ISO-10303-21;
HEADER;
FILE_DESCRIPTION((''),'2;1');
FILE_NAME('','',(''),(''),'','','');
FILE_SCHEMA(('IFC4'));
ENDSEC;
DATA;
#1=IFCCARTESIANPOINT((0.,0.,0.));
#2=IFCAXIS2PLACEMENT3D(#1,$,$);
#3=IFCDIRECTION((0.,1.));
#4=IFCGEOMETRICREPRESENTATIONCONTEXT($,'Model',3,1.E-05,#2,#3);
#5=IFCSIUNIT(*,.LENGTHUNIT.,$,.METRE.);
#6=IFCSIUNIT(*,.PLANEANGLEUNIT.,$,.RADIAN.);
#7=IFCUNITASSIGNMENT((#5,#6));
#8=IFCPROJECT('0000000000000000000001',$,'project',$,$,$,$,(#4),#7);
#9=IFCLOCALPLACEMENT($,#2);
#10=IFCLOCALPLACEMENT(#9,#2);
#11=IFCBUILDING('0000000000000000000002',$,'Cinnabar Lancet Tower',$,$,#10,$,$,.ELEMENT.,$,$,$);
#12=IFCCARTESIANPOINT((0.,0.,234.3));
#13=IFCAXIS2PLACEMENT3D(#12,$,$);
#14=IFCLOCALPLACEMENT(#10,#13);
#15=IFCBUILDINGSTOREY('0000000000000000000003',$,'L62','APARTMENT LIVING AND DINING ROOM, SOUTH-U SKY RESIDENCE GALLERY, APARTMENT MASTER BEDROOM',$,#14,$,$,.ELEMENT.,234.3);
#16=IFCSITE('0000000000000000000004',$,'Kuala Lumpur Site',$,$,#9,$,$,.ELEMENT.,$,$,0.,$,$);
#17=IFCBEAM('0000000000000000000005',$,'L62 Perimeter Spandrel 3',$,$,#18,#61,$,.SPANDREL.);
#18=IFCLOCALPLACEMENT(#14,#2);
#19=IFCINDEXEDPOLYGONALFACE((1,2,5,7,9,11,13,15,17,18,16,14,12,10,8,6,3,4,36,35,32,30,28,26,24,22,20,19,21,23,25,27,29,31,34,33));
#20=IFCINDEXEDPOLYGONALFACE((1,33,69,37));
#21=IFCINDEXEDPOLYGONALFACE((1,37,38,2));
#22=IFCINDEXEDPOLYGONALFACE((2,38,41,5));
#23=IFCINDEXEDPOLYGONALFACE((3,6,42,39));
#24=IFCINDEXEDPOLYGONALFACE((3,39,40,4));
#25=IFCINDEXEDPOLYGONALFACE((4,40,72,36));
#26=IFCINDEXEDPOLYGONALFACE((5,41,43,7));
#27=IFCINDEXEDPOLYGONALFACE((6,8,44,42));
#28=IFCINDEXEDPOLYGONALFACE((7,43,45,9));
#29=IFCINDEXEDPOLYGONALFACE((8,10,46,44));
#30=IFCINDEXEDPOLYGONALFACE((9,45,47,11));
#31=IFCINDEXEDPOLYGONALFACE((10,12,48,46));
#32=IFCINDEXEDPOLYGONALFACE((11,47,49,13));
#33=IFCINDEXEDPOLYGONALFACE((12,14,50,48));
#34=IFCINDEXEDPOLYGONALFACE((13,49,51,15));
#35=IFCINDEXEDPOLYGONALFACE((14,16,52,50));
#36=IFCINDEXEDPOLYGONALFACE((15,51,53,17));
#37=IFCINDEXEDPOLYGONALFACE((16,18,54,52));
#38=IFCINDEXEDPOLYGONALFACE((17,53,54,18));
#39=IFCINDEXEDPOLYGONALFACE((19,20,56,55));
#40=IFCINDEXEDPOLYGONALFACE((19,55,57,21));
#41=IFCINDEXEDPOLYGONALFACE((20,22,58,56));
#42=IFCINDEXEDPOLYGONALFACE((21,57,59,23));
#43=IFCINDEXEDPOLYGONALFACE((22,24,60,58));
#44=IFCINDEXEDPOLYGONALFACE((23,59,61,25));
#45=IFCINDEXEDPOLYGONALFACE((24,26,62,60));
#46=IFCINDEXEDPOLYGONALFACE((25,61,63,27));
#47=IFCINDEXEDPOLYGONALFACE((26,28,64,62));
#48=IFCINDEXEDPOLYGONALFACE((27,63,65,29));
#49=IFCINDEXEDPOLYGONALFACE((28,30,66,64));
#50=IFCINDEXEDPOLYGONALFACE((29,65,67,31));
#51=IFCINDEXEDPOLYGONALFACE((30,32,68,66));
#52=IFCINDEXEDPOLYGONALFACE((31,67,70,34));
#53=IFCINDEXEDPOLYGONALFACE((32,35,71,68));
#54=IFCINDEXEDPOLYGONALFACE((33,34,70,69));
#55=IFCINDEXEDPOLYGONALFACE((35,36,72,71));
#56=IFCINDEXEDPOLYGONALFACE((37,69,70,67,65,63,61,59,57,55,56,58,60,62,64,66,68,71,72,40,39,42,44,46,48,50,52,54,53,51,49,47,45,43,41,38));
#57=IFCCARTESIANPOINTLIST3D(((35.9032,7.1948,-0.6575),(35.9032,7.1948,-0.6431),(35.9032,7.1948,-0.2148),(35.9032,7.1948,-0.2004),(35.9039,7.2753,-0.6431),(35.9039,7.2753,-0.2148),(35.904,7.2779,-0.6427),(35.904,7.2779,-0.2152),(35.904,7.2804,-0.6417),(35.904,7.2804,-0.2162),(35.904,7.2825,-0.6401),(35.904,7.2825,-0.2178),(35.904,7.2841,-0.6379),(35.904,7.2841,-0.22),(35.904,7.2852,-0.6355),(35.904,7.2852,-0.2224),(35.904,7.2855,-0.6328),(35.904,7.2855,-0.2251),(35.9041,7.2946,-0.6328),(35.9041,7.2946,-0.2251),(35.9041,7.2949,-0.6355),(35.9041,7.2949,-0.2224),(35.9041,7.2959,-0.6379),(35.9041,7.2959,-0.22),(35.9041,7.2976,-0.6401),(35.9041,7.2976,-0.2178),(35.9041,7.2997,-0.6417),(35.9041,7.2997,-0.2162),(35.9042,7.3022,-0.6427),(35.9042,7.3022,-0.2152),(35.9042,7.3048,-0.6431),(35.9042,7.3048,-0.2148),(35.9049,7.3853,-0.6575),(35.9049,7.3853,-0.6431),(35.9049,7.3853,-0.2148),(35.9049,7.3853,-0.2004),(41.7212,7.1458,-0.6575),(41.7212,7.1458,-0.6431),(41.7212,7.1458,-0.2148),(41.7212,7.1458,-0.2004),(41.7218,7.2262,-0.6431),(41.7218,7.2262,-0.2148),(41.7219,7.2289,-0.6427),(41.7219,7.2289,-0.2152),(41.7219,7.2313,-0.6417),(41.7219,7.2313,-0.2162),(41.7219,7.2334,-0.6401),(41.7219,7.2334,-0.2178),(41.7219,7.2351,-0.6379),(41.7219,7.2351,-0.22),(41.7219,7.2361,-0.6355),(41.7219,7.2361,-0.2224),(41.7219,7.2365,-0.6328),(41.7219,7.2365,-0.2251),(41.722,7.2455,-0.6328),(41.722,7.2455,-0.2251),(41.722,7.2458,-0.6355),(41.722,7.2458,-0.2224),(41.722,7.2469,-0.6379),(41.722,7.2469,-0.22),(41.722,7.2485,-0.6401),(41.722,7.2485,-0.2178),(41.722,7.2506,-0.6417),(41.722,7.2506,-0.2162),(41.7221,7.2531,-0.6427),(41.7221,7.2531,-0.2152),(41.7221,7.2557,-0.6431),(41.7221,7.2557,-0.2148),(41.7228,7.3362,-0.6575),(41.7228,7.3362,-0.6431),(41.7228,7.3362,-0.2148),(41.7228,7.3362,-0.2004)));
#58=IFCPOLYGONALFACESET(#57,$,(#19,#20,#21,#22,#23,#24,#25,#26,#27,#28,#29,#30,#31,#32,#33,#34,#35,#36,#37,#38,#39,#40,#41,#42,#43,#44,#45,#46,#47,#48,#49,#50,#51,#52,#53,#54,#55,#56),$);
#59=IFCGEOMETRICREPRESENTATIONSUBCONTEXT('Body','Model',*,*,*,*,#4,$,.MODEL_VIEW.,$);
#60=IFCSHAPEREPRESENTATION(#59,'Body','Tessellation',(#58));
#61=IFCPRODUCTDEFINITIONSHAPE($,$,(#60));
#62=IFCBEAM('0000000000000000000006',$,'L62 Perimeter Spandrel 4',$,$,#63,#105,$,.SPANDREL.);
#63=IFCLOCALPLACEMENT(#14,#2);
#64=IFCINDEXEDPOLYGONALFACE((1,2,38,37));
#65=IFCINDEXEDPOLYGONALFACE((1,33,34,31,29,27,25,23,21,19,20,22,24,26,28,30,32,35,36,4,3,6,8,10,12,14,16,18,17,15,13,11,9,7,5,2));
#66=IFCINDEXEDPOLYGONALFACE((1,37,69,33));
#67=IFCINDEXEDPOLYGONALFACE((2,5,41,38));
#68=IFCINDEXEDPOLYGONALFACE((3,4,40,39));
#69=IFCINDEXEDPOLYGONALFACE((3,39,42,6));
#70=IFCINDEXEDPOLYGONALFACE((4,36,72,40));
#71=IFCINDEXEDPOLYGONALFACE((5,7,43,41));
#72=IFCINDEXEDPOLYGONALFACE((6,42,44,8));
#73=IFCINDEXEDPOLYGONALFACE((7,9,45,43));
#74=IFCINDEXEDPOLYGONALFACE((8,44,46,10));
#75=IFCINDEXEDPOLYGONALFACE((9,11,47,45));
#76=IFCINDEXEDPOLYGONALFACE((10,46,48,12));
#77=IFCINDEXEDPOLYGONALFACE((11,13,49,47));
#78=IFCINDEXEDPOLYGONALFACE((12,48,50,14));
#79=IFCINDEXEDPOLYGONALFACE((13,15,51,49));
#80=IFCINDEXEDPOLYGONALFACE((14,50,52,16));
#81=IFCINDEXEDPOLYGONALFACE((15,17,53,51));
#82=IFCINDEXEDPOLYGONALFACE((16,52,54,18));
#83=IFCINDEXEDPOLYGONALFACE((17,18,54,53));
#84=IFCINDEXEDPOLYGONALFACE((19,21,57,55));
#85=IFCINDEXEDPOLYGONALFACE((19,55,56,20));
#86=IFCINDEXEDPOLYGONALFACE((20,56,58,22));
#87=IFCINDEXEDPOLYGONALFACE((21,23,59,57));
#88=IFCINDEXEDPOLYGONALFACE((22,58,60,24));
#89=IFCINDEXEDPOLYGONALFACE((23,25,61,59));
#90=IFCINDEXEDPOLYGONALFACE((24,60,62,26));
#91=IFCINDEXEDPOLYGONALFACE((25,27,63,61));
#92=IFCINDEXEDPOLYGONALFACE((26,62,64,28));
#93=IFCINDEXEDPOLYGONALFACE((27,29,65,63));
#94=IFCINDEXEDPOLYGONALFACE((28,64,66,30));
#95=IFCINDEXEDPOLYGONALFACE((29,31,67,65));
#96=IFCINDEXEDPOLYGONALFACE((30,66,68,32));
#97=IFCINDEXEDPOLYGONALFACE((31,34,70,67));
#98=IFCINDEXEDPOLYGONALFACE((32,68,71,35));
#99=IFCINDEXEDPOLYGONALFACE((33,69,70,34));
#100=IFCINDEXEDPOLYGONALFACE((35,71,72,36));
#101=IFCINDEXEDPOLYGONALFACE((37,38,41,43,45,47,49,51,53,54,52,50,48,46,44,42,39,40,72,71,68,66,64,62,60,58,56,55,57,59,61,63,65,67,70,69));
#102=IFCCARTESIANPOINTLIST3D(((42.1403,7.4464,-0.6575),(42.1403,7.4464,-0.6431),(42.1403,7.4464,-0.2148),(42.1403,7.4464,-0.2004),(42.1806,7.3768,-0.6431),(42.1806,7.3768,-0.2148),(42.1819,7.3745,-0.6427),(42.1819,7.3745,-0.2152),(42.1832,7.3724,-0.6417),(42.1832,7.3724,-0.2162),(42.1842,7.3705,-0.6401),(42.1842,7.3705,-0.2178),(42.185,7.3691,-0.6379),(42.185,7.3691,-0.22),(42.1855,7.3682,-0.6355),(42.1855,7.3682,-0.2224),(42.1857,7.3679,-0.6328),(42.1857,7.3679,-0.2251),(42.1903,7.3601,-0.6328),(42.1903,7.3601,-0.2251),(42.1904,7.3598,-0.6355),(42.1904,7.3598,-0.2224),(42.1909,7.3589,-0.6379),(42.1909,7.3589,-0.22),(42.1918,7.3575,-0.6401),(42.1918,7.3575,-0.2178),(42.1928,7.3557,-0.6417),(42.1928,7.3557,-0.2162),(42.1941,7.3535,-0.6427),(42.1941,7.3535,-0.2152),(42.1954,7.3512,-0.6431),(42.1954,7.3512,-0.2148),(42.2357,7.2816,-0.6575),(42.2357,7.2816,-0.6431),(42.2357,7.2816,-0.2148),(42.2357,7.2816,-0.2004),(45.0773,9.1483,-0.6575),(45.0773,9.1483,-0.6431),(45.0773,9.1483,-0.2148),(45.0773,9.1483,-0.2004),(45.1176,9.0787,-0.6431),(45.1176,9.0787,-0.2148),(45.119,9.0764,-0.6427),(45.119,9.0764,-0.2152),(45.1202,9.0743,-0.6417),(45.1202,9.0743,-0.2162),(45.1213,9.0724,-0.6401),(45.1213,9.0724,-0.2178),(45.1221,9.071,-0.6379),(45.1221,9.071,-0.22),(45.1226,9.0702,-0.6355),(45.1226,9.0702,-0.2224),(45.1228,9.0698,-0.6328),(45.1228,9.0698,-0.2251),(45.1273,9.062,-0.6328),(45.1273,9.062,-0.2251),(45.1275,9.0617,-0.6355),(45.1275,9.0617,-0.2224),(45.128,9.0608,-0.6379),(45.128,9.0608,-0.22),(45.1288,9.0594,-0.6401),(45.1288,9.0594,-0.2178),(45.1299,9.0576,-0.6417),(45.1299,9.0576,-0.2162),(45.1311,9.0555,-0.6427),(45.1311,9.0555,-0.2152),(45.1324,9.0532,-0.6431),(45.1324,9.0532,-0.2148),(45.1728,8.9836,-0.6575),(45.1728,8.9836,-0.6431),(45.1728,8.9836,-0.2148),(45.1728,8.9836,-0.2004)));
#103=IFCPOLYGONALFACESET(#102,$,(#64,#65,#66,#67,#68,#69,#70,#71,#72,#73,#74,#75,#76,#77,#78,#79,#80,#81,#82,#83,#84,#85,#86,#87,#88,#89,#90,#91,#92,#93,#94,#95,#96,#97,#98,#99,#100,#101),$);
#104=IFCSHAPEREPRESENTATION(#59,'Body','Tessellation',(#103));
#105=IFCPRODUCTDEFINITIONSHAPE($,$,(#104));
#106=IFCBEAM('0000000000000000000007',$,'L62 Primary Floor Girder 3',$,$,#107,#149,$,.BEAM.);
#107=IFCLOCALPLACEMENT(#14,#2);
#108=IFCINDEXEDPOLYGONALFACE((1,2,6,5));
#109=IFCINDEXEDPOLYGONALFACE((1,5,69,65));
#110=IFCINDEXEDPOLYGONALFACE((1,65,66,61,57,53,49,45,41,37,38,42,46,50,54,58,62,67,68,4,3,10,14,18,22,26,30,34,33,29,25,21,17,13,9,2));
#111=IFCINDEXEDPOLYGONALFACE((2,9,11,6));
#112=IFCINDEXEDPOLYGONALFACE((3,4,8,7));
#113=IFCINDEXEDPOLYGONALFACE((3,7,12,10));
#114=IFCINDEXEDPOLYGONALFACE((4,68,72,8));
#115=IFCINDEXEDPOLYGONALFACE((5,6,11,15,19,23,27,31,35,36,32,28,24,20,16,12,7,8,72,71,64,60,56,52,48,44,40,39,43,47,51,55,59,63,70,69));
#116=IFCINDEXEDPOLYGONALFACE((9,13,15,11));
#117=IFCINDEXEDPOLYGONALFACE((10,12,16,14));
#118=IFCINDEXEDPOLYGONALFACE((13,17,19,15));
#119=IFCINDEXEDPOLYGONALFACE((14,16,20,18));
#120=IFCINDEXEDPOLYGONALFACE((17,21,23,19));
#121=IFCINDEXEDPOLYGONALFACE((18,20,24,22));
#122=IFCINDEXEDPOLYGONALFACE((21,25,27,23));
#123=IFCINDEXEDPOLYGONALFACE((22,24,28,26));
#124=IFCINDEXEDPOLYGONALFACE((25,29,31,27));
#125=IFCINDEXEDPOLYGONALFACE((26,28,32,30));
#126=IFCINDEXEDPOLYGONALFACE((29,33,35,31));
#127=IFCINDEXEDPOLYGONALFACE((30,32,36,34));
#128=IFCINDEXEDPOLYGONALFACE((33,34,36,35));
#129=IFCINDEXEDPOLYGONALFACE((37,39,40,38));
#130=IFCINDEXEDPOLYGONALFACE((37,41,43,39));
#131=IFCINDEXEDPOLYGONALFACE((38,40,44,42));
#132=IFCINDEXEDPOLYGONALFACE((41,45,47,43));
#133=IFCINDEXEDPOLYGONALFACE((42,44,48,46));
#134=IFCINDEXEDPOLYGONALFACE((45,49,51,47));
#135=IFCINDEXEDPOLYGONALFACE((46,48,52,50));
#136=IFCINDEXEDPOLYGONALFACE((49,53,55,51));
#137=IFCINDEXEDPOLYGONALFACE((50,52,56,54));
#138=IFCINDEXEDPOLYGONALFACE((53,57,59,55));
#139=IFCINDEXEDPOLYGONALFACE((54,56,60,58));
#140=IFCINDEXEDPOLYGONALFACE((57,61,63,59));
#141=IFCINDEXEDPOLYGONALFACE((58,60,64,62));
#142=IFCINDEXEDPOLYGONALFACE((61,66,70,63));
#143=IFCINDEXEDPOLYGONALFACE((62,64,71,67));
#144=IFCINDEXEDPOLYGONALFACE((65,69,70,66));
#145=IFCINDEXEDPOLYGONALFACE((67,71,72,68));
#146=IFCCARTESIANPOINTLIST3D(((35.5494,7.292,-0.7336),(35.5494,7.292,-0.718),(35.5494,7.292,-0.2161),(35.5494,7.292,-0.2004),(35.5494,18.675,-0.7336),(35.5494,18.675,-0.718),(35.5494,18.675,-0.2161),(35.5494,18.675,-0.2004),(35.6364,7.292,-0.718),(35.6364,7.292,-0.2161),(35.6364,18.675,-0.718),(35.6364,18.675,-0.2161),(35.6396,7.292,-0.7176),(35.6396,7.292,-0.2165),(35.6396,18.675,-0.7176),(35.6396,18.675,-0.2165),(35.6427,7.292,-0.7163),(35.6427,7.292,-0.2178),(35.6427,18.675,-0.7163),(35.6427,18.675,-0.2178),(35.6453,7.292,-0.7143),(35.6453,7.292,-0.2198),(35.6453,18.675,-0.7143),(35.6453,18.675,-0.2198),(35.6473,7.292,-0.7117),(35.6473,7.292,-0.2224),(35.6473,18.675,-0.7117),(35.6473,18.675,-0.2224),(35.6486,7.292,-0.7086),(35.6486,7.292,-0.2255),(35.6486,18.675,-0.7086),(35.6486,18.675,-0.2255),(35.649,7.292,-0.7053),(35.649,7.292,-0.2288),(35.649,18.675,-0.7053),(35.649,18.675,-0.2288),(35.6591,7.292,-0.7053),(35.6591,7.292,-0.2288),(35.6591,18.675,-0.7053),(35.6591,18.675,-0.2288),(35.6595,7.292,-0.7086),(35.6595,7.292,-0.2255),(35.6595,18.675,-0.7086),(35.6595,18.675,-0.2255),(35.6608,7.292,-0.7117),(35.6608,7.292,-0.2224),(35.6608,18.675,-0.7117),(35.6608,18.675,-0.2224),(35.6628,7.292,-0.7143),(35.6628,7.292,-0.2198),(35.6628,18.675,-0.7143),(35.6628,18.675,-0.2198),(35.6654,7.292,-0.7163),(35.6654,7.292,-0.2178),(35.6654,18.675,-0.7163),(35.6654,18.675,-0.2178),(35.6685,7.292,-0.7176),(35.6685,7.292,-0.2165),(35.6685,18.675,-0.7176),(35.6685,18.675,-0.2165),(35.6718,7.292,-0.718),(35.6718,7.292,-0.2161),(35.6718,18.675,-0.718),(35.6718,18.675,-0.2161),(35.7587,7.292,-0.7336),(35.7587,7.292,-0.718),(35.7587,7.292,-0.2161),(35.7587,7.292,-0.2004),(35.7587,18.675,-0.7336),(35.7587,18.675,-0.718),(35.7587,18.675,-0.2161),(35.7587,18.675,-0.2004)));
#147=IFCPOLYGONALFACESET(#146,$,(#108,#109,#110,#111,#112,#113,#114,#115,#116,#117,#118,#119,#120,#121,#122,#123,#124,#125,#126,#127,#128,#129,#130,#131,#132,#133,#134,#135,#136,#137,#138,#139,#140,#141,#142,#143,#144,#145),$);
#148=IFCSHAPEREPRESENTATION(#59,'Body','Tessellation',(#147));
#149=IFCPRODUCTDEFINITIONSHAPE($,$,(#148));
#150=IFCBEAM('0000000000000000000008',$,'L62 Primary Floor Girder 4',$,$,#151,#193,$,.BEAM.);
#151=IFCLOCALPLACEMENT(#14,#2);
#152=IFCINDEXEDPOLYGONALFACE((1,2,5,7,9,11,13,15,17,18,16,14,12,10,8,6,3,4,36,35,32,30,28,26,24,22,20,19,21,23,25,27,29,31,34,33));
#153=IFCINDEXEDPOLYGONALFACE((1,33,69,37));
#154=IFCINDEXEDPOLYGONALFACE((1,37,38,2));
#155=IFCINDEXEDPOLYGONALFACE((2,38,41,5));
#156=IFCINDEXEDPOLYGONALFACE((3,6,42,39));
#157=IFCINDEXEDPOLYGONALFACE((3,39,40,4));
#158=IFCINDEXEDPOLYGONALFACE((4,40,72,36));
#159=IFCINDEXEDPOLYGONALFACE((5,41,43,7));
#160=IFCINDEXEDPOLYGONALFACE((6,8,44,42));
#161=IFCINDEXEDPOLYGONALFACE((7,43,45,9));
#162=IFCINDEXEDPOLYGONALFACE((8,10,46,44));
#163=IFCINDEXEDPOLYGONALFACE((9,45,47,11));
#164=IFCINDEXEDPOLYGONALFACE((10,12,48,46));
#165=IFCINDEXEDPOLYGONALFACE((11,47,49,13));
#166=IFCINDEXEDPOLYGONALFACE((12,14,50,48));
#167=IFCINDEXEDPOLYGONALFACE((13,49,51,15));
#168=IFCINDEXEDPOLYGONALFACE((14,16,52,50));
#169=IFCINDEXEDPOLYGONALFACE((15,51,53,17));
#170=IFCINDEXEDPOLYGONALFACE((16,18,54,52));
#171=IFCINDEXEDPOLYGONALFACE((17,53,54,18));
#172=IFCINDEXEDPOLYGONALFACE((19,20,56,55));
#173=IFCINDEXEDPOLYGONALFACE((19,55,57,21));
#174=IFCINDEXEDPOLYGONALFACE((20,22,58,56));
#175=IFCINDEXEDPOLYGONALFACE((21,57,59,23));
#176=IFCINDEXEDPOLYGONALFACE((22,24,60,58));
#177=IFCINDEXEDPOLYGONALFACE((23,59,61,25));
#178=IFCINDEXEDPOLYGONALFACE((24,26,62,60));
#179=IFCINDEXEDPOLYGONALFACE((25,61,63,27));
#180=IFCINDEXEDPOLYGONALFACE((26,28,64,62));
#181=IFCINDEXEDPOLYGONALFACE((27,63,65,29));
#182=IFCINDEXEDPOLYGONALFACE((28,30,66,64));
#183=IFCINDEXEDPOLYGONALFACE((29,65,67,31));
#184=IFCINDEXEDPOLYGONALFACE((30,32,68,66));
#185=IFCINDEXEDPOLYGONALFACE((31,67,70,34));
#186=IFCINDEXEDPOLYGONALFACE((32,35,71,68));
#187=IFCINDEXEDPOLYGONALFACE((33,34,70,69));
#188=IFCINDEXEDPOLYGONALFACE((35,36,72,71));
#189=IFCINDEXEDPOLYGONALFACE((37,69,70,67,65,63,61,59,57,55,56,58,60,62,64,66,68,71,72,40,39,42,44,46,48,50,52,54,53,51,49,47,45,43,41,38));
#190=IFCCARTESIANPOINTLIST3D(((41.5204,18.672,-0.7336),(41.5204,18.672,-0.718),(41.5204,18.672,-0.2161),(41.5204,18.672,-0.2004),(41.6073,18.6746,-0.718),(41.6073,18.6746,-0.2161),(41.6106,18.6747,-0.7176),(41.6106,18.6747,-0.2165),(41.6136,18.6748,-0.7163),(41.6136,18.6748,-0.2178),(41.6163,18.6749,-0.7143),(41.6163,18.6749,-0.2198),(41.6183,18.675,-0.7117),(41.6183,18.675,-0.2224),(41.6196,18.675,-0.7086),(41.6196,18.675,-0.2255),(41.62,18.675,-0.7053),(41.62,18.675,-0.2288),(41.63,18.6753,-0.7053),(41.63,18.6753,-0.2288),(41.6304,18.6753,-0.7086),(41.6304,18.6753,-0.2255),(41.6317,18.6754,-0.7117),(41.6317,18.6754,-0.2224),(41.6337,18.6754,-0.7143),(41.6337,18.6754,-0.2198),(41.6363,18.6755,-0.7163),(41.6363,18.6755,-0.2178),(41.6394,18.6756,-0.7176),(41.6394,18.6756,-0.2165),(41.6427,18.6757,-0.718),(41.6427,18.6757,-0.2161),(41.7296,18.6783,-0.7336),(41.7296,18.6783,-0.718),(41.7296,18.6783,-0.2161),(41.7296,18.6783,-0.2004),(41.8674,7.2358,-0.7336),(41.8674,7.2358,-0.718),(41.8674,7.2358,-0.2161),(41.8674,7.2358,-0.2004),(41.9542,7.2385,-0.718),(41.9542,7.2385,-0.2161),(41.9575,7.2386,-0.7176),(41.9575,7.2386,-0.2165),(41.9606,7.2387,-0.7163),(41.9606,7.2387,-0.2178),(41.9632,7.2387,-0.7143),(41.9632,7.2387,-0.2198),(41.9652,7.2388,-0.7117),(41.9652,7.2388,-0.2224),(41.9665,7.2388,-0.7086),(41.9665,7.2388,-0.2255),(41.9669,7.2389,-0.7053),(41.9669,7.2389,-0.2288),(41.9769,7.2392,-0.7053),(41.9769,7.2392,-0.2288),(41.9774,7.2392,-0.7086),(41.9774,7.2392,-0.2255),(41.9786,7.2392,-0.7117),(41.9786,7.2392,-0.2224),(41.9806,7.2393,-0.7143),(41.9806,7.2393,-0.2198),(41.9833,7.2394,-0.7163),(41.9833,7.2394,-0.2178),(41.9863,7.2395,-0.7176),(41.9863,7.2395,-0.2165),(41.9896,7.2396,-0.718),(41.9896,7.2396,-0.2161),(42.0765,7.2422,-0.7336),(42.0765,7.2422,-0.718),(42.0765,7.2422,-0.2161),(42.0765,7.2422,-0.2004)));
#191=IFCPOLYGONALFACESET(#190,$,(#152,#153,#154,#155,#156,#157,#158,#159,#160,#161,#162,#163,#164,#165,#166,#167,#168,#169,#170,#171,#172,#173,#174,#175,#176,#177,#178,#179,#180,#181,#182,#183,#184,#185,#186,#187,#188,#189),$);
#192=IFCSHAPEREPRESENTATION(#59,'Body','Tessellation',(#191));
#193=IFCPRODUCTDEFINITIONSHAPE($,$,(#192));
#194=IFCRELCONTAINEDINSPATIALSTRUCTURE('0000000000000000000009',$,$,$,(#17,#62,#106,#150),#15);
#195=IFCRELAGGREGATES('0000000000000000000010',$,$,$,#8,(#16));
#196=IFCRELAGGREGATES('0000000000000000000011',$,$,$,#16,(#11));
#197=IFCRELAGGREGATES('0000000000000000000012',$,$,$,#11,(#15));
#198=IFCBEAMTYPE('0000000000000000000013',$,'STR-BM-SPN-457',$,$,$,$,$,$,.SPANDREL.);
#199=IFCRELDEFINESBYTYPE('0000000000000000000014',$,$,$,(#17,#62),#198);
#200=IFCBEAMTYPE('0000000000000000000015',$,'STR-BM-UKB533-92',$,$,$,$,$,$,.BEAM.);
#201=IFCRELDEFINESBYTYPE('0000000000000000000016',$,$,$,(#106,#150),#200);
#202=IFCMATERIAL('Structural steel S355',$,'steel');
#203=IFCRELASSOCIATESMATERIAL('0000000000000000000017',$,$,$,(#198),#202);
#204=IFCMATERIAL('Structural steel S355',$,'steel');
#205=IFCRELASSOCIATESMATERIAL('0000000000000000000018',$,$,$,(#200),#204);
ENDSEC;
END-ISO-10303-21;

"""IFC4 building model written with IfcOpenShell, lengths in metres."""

from ifc_helpers import new_model, si_unit, direction, frame, origin, origin_2d, place, context, subcontext, project, spatial, i_section, extrude, material, material_profile, profile_set, type_object, element, save


model = new_model("IFC4")

# Units and contexts
model_context = context("Model", 3, precision=1e-05, world=origin(), true_north=direction((0.0, 1.0)))
body_context = subcontext(model_context, "Body", "Model", "MODEL_VIEW")
ifc_project = project(units=[si_unit("LENGTHUNIT", "METRE"), si_unit("PLANEANGLEUNIT", "RADIAN")], contexts=[model_context])

# Site, building, storey
site_placement = place(None, origin())
site = spatial("IfcSite", under=ifc_project, at=site_placement, Name="Kuala Lumpur Site", CompositionType="ELEMENT", RefElevation=0.0)
building_placement = place(site_placement, origin())
building = spatial("IfcBuilding", under=site, at=building_placement, Name="Cinnabar Lancet Tower", CompositionType="ELEMENT")
storey_placement = place(building_placement, frame((0.0, 0.0, 234.3)))
storey = spatial("IfcBuildingStorey", under=building, at=storey_placement, Name="L62", Description="APARTMENT LIVING AND DINING ROOM, SOUTH-U SKY RESIDENCE GALLERY, APARTMENT MASTER BEDROOM", CompositionType="ELEMENT", Elevation=234.3)

# Beams
ifc_material_1 = material(Name="Structural steel S355", Category="steel")
ifc_material_profile_1 = material_profile(ifc_material_1, i_section(OverallWidth=0.1904, OverallDepth=0.457, WebThickness=0.009, FlangeThickness=0.0144, FilletRadius=0.0103, at=origin_2d()), Name="UKB 457x191x74")
ifc_profile_set_1 = profile_set([ifc_material_profile_1], Name="Structural steel S355")
beam_type_1 = type_object("IfcBeamType", Name="STR-BM-SPN-457", PredefinedType="SPANDREL", material=ifc_profile_set_1)
beam_1_placement = place(storey_placement, frame((35.9041, 7.29, -0.429), z_axis=(0.999964, -0.008434, 0.0), x_axis=(0.008434, 0.999964, 0.0)))
element("IfcBeam", 1, at=beam_1_placement, inside=storey, type_object=beam_type_1, Name="L62 Perimeter Spandrel 3", PredefinedType="SPANDREL", context=body_context, shape_type="SweptSolid", body=[
    extrude(i_section(OverallWidth=0.1904, OverallDepth=0.457, WebThickness=0.009, FlangeThickness=0.0144, FilletRadius=0.0103, at=origin_2d()), origin(), (0.0, 0.0, 1.0), 5.8181),
])
beam_2_placement = place(storey_placement, frame((42.188, 7.364, -0.429), z_axis=(0.865231, 0.501374, 0.0), x_axis=(-0.501374, 0.865231, 0.0)))
element("IfcBeam", 2, at=beam_2_placement, inside=storey, type_object=beam_type_1, Name="L62 Perimeter Spandrel 4", PredefinedType="SPANDREL", context=body_context, shape_type="SweptSolid", body=[
    extrude(i_section(OverallWidth=0.1904, OverallDepth=0.457, WebThickness=0.009, FlangeThickness=0.0144, FilletRadius=0.0103, at=origin_2d()), origin(), (0.0, 0.0, 1.0), 3.3945),
])
ifc_material_2 = material(Name="Structural steel S355", Category="steel")
ifc_material_profile_2 = material_profile(ifc_material_2, i_section(OverallWidth=0.2092, OverallDepth=0.5332, WebThickness=0.01, FlangeThickness=0.0156, FilletRadius=0.0127, at=origin_2d()), Name="UKB 533x210x92")
ifc_profile_set_2 = profile_set([ifc_material_profile_2], Name="Structural steel S355")
beam_type_2 = type_object("IfcBeamType", Name="STR-BM-UKB533-92", PredefinedType="BEAM", material=ifc_profile_set_2)
beam_3_placement = place(storey_placement, frame((35.6541, 7.292, -0.467), z_axis=(0.0, 1.0, 0.0), x_axis=(-1.0, 0.0, 0.0)))
element("IfcBeam", 3, at=beam_3_placement, inside=storey, type_object=beam_type_2, Name="L62 Primary Floor Girder 3", PredefinedType="BEAM", context=body_context, shape_type="SweptSolid", body=[
    extrude(i_section(OverallWidth=0.2092, OverallDepth=0.5332, WebThickness=0.01, FlangeThickness=0.0156, FilletRadius=0.0127, at=origin_2d()), origin(), (0.0, 0.0, 1.0), 11.3831),
])
beam_4_placement = place(storey_placement, frame((41.9719, 7.239, -0.467), z_axis=(-0.030322, 0.99954, 0.0), x_axis=(-0.99954, -0.030322, 0.0)))
element("IfcBeam", 4, at=beam_4_placement, inside=storey, type_object=beam_type_2, Name="L62 Primary Floor Girder 4", PredefinedType="BEAM", context=body_context, shape_type="SweptSolid", body=[
    extrude(i_section(OverallWidth=0.2092, OverallDepth=0.5332, WebThickness=0.01, FlangeThickness=0.0156, FilletRadius=0.0127, at=origin_2d()), origin(), (0.0, 0.0, 1.0), 11.4414),
])

save(model, "model.ifc")
